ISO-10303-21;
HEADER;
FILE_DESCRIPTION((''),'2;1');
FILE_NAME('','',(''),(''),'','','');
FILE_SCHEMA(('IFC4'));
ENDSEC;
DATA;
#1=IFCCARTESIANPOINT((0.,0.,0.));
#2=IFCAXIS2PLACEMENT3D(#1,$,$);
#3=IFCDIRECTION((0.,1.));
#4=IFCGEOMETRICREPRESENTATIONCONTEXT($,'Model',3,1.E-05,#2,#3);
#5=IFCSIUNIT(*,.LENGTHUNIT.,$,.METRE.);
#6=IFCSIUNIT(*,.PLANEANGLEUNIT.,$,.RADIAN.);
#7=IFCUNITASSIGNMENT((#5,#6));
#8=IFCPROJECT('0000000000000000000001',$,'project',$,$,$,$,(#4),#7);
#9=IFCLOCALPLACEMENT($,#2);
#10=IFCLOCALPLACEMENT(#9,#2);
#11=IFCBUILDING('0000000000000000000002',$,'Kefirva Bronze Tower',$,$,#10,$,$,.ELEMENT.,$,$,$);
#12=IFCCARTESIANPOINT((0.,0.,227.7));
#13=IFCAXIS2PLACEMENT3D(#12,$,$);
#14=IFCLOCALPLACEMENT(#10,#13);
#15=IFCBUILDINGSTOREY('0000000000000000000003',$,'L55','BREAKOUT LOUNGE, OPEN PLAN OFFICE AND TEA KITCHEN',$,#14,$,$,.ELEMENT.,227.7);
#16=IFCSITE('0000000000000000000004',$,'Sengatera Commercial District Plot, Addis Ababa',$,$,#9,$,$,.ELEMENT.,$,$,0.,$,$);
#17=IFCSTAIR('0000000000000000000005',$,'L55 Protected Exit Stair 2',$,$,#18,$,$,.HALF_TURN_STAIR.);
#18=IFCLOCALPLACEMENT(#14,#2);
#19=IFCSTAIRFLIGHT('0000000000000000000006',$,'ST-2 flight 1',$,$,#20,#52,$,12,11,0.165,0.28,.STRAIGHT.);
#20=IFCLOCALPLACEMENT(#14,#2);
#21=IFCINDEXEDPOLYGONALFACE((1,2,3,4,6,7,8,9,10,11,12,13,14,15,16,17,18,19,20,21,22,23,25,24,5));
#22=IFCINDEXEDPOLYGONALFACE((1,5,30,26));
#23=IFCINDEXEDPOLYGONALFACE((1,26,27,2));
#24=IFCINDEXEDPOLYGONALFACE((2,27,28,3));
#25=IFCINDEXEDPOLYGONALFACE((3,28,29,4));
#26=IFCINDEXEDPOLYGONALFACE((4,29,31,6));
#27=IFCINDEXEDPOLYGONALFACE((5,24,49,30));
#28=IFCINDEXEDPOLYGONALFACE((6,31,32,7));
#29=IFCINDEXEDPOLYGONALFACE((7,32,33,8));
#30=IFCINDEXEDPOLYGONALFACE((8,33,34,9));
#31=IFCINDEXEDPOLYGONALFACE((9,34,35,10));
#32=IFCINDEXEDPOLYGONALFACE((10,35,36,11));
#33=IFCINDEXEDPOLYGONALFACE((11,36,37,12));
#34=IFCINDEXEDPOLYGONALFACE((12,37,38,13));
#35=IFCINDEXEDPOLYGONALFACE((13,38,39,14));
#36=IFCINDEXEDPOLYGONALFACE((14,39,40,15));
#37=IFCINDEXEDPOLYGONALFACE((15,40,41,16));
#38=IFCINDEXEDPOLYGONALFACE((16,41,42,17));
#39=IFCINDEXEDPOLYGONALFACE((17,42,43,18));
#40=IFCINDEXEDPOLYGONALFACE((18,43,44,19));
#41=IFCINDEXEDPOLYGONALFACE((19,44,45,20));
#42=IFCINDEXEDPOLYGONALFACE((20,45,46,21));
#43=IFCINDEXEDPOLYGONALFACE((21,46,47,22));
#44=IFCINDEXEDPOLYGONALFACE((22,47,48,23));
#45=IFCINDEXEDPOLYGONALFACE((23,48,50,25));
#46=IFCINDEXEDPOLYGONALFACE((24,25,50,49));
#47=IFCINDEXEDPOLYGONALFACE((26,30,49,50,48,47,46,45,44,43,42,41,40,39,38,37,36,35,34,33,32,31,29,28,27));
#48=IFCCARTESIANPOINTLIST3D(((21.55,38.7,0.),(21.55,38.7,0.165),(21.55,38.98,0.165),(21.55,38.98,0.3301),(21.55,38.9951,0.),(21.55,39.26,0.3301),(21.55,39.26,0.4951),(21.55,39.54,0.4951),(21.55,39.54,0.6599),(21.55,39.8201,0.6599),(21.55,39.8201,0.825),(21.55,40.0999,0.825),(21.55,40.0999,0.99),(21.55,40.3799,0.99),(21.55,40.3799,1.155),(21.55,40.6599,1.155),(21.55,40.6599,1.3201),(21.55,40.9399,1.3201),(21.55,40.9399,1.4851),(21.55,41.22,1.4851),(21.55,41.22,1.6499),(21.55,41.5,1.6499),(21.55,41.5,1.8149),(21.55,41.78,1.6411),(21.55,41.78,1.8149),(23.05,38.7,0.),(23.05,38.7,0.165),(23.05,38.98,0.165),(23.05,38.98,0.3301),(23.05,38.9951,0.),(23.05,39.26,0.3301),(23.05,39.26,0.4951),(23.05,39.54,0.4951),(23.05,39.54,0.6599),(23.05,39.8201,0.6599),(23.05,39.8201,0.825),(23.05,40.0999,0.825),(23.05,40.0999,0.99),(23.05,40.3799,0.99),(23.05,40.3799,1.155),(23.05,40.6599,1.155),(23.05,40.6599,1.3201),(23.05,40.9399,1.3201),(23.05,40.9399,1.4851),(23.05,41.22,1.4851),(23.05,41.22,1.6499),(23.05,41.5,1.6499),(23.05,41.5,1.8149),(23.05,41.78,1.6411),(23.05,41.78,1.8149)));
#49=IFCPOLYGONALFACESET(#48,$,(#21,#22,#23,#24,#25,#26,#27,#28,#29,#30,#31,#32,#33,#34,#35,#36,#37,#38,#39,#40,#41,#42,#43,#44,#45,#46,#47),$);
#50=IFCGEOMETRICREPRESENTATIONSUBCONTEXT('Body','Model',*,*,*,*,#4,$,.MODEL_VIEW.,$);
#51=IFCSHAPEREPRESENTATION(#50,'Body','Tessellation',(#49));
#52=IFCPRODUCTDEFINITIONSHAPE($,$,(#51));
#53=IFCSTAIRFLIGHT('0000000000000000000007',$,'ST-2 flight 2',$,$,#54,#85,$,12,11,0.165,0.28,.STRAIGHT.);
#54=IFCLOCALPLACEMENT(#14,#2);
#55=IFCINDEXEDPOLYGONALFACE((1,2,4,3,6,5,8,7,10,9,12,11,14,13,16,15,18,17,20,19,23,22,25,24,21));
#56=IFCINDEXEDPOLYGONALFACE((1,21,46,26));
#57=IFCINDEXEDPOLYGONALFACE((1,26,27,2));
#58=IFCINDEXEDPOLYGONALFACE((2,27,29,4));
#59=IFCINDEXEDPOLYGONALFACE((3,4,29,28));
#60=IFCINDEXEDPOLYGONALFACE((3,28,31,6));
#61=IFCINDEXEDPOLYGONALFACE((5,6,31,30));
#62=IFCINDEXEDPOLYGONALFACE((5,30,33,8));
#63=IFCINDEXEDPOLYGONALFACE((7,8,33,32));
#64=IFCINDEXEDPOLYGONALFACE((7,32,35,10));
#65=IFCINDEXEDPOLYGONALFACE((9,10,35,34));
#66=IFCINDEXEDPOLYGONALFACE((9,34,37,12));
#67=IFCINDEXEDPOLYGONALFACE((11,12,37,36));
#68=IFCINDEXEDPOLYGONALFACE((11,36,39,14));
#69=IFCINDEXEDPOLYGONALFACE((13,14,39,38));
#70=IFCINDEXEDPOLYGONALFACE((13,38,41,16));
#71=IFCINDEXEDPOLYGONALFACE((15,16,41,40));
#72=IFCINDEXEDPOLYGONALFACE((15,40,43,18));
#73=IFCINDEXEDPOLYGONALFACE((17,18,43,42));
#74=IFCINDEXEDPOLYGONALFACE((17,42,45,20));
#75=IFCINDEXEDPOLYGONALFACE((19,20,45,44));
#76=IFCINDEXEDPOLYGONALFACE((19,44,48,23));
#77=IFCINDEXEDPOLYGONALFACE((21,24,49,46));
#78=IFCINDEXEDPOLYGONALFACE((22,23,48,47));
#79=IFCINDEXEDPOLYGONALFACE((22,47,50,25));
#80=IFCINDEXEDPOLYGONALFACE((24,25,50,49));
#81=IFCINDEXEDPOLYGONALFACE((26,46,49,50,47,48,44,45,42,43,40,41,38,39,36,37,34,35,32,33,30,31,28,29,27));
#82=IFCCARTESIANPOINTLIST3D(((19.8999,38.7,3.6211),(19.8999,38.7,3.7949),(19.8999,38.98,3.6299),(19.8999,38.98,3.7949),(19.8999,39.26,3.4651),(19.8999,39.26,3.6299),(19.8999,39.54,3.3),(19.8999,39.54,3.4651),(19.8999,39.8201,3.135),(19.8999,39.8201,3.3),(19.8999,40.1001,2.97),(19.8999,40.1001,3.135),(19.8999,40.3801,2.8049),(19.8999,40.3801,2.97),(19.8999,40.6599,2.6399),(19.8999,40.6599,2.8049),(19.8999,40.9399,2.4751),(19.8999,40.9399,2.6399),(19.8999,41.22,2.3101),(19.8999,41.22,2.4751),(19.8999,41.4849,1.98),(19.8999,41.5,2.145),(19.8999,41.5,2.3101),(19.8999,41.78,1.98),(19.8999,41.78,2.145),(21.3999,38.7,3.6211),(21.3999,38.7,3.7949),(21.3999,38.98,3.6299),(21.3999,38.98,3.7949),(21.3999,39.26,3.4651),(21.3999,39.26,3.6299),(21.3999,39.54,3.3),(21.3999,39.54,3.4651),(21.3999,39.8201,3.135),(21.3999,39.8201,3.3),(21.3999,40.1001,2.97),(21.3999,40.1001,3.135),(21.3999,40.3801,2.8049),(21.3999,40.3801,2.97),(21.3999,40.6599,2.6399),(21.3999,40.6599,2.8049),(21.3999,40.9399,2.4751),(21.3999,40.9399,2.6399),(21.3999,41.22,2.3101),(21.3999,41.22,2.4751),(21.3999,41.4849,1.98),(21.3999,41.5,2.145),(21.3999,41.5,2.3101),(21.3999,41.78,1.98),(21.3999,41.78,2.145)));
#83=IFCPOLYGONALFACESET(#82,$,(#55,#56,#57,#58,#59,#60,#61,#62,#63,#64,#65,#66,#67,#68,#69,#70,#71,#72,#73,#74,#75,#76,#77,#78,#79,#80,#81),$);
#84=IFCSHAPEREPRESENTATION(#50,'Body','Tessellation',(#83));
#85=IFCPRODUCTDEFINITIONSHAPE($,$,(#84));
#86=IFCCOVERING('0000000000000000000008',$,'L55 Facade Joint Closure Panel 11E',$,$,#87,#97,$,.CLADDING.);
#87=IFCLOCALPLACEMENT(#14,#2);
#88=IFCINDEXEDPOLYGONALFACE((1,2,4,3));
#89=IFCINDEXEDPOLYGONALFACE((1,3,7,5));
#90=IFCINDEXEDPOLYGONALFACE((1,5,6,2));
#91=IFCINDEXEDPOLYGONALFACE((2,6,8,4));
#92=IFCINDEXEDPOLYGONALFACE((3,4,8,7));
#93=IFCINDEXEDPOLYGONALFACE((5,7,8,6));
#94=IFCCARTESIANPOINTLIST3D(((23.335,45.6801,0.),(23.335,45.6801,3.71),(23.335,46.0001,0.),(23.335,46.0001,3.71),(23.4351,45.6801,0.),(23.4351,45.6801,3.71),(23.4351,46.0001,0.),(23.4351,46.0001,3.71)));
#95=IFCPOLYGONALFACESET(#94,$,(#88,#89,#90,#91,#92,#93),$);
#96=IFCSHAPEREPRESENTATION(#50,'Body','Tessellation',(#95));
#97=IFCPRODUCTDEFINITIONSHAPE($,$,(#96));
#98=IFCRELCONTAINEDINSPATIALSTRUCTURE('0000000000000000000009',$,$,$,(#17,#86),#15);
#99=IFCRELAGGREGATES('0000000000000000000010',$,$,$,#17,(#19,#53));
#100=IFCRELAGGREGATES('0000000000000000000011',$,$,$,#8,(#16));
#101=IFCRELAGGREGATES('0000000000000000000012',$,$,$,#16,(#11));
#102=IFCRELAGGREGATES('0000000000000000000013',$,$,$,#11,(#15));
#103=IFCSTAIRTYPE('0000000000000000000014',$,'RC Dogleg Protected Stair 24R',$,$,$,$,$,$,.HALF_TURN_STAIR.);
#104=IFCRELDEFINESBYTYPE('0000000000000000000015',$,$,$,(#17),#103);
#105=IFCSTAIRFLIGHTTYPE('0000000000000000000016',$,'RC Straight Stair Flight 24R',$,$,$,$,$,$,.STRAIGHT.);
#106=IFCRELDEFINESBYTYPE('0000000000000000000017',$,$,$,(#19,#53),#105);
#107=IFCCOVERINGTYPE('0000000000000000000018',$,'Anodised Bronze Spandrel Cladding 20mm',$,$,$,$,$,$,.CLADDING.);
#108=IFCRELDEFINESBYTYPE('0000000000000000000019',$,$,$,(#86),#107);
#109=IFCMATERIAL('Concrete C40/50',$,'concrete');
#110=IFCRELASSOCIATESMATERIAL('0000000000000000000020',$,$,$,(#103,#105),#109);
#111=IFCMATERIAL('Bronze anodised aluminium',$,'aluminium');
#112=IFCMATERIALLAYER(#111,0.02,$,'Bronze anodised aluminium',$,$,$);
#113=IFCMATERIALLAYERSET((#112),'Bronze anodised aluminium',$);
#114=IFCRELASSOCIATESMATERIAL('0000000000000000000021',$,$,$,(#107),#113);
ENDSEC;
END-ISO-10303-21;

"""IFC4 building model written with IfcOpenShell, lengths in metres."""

from ifc_helpers import new_model, si_unit, direction, frame, origin, origin_2d, place, context, subcontext, project, spatial, polyline, rectangle, outline, extrude, material, layer, layer_set, type_object, element, aggregate, save


model = new_model("IFC4")

# Units and contexts
model_context = context("Model", 3, precision=1e-05, world=origin(), true_north=direction((0.0, 1.0)))
body_context = subcontext(model_context, "Body", "Model", "MODEL_VIEW")
ifc_project = project(units=[si_unit("LENGTHUNIT", "METRE"), si_unit("PLANEANGLEUNIT", "RADIAN")], contexts=[model_context])

# Site, building, storey
site_placement = place(None, origin())
site = spatial("IfcSite", under=ifc_project, at=site_placement, Name="Sengatera Commercial District Plot, Addis Ababa", CompositionType="ELEMENT", RefElevation=0.0)
building_placement = place(site_placement, origin())
building = spatial("IfcBuilding", under=site, at=building_placement, Name="Kefirva Bronze Tower", CompositionType="ELEMENT")
storey_placement = place(building_placement, frame((0.0, 0.0, 227.7)))
storey = spatial("IfcBuildingStorey", under=building, at=storey_placement, Name="L55", Description="BREAKOUT LOUNGE, OPEN PLAN OFFICE AND TEA KITCHEN", CompositionType="ELEMENT", Elevation=227.7)

# Stair, stair flights
ifc_material_1 = material(Name="Concrete C40/50", Category="concrete")
stair_type = type_object("IfcStairType", Name="RC Dogleg Protected Stair 24R", PredefinedType="HALF_TURN_STAIR", material=ifc_material_1)
stair_placement = place(storey_placement, origin())
stair = element("IfcStair", 1, at=stair_placement, inside=storey, type_object=stair_type, Name="L55 Protected Exit Stair 2", PredefinedType="HALF_TURN_STAIR")
stair_flight_type = type_object("IfcStairFlightType", Name="RC Straight Stair Flight 24R", PredefinedType="STRAIGHT", material=ifc_material_1)
stair_flight_1_placement = place(storey_placement, frame((22.3, 38.7, 0.0), z_axis=(0.0, 0.0, 1.0), x_axis=(0.0, 1.0, 0.0)))
stair_flight_1 = element("IfcStairFlight", 2, at=stair_flight_1_placement, type_object=stair_flight_type, Name="ST-2 flight 1", NumberOfRisers=12, NumberOfTreads=11, PredefinedType="STRAIGHT", RiserHeight=0.165, TreadLength=0.28, context=body_context, shape_type="SweptSolid", body=[
    extrude(outline(polyline([(0.0, 0.0), (0.0, 0.165), (0.28, 0.165), (0.28, 0.3301), (0.5601, 0.3301), (0.5601, 0.4951), (0.8401, 0.4951), (0.8401, 0.6599), (1.1201, 0.6599), (1.1201, 0.825), (1.3999, 0.825), (1.3999, 0.99), (1.6799, 0.99), (1.6799, 1.155), (1.96, 1.155), (1.96, 1.3201), (2.24, 1.3201), (2.24, 1.4851), (2.52, 1.4851), (2.52, 1.6499), (2.8, 1.6499), (2.8, 1.8149), (3.0801, 1.8149), (3.0801, 1.98), (3.0801, 1.6411), (0.2952, 0.0), (0.0, 0.0)])), frame((0.0, 0.75, 0.0), z_axis=(0.0, -1.0, 0.0), x_axis=(1.0, 0.0, 0.0)), (0.0, 0.0, 1.0), 1.5),
])
stair_flight_2_placement = place(storey_placement, frame((20.6499, 41.78, 1.98), z_axis=(0.0, 0.0, 1.0), x_axis=(0.0, -1.0, 0.0)))
stair_flight_2 = element("IfcStairFlight", 3, at=stair_flight_2_placement, type_object=stair_flight_type, Name="ST-2 flight 2", NumberOfRisers=12, NumberOfTreads=11, PredefinedType="STRAIGHT", RiserHeight=0.165, TreadLength=0.28, context=body_context, shape_type="SweptSolid", body=[
    extrude(outline(polyline([(0.0, 0.0), (0.0, 0.165), (0.28, 0.165), (0.28, 0.3301), (0.5601, 0.3301), (0.5601, 0.4951), (0.8401, 0.4951), (0.8401, 0.6599), (1.1201, 0.6599), (1.1201, 0.825), (1.3999, 0.825), (1.3999, 0.99), (1.6799, 0.99), (1.6799, 1.155), (1.96, 1.155), (1.96, 1.3201), (2.24, 1.3201), (2.24, 1.4851), (2.52, 1.4851), (2.52, 1.6499), (2.8, 1.6499), (2.8, 1.8149), (3.0801, 1.8149), (3.0801, 1.98), (3.0801, 1.6411), (0.2952, 0.0), (0.0, 0.0)])), frame((0.0, 0.75, 0.0), z_axis=(0.0, -1.0, 0.0), x_axis=(1.0, 0.0, 0.0)), (0.0, 0.0, 1.0), 1.5),
])
aggregate(stair, [stair_flight_1, stair_flight_2])

# Covering
ifc_material_2 = material(Name="Bronze anodised aluminium", Category="aluminium")
ifc_layer_1 = layer(ifc_material_2, 0.02, Name="Bronze anodised aluminium")
ifc_layer_set_1 = layer_set([ifc_layer_1], Name="Bronze anodised aluminium")
covering_type = type_object("IfcCoveringType", Name="Anodised Bronze Spandrel Cladding 20mm", PredefinedType="CLADDING", material=ifc_layer_set_1)
covering_placement = place(storey_placement, frame((23.385, 45.8401, 0.0), z_axis=(0.0, 0.0, 1.0), x_axis=(-1.0, 0.0, 0.0)))
element("IfcCovering", 4, at=covering_placement, inside=storey, type_object=covering_type, Name="L55 Facade Joint Closure Panel 11E", PredefinedType="CLADDING", context=body_context, shape_type="SweptSolid", body=[
    extrude(rectangle(XDim=0.1001, YDim=0.3201, at=origin_2d()), origin(), (0.0, 0.0, 1.0), 3.71),
])

save(model, "model.ifc")
